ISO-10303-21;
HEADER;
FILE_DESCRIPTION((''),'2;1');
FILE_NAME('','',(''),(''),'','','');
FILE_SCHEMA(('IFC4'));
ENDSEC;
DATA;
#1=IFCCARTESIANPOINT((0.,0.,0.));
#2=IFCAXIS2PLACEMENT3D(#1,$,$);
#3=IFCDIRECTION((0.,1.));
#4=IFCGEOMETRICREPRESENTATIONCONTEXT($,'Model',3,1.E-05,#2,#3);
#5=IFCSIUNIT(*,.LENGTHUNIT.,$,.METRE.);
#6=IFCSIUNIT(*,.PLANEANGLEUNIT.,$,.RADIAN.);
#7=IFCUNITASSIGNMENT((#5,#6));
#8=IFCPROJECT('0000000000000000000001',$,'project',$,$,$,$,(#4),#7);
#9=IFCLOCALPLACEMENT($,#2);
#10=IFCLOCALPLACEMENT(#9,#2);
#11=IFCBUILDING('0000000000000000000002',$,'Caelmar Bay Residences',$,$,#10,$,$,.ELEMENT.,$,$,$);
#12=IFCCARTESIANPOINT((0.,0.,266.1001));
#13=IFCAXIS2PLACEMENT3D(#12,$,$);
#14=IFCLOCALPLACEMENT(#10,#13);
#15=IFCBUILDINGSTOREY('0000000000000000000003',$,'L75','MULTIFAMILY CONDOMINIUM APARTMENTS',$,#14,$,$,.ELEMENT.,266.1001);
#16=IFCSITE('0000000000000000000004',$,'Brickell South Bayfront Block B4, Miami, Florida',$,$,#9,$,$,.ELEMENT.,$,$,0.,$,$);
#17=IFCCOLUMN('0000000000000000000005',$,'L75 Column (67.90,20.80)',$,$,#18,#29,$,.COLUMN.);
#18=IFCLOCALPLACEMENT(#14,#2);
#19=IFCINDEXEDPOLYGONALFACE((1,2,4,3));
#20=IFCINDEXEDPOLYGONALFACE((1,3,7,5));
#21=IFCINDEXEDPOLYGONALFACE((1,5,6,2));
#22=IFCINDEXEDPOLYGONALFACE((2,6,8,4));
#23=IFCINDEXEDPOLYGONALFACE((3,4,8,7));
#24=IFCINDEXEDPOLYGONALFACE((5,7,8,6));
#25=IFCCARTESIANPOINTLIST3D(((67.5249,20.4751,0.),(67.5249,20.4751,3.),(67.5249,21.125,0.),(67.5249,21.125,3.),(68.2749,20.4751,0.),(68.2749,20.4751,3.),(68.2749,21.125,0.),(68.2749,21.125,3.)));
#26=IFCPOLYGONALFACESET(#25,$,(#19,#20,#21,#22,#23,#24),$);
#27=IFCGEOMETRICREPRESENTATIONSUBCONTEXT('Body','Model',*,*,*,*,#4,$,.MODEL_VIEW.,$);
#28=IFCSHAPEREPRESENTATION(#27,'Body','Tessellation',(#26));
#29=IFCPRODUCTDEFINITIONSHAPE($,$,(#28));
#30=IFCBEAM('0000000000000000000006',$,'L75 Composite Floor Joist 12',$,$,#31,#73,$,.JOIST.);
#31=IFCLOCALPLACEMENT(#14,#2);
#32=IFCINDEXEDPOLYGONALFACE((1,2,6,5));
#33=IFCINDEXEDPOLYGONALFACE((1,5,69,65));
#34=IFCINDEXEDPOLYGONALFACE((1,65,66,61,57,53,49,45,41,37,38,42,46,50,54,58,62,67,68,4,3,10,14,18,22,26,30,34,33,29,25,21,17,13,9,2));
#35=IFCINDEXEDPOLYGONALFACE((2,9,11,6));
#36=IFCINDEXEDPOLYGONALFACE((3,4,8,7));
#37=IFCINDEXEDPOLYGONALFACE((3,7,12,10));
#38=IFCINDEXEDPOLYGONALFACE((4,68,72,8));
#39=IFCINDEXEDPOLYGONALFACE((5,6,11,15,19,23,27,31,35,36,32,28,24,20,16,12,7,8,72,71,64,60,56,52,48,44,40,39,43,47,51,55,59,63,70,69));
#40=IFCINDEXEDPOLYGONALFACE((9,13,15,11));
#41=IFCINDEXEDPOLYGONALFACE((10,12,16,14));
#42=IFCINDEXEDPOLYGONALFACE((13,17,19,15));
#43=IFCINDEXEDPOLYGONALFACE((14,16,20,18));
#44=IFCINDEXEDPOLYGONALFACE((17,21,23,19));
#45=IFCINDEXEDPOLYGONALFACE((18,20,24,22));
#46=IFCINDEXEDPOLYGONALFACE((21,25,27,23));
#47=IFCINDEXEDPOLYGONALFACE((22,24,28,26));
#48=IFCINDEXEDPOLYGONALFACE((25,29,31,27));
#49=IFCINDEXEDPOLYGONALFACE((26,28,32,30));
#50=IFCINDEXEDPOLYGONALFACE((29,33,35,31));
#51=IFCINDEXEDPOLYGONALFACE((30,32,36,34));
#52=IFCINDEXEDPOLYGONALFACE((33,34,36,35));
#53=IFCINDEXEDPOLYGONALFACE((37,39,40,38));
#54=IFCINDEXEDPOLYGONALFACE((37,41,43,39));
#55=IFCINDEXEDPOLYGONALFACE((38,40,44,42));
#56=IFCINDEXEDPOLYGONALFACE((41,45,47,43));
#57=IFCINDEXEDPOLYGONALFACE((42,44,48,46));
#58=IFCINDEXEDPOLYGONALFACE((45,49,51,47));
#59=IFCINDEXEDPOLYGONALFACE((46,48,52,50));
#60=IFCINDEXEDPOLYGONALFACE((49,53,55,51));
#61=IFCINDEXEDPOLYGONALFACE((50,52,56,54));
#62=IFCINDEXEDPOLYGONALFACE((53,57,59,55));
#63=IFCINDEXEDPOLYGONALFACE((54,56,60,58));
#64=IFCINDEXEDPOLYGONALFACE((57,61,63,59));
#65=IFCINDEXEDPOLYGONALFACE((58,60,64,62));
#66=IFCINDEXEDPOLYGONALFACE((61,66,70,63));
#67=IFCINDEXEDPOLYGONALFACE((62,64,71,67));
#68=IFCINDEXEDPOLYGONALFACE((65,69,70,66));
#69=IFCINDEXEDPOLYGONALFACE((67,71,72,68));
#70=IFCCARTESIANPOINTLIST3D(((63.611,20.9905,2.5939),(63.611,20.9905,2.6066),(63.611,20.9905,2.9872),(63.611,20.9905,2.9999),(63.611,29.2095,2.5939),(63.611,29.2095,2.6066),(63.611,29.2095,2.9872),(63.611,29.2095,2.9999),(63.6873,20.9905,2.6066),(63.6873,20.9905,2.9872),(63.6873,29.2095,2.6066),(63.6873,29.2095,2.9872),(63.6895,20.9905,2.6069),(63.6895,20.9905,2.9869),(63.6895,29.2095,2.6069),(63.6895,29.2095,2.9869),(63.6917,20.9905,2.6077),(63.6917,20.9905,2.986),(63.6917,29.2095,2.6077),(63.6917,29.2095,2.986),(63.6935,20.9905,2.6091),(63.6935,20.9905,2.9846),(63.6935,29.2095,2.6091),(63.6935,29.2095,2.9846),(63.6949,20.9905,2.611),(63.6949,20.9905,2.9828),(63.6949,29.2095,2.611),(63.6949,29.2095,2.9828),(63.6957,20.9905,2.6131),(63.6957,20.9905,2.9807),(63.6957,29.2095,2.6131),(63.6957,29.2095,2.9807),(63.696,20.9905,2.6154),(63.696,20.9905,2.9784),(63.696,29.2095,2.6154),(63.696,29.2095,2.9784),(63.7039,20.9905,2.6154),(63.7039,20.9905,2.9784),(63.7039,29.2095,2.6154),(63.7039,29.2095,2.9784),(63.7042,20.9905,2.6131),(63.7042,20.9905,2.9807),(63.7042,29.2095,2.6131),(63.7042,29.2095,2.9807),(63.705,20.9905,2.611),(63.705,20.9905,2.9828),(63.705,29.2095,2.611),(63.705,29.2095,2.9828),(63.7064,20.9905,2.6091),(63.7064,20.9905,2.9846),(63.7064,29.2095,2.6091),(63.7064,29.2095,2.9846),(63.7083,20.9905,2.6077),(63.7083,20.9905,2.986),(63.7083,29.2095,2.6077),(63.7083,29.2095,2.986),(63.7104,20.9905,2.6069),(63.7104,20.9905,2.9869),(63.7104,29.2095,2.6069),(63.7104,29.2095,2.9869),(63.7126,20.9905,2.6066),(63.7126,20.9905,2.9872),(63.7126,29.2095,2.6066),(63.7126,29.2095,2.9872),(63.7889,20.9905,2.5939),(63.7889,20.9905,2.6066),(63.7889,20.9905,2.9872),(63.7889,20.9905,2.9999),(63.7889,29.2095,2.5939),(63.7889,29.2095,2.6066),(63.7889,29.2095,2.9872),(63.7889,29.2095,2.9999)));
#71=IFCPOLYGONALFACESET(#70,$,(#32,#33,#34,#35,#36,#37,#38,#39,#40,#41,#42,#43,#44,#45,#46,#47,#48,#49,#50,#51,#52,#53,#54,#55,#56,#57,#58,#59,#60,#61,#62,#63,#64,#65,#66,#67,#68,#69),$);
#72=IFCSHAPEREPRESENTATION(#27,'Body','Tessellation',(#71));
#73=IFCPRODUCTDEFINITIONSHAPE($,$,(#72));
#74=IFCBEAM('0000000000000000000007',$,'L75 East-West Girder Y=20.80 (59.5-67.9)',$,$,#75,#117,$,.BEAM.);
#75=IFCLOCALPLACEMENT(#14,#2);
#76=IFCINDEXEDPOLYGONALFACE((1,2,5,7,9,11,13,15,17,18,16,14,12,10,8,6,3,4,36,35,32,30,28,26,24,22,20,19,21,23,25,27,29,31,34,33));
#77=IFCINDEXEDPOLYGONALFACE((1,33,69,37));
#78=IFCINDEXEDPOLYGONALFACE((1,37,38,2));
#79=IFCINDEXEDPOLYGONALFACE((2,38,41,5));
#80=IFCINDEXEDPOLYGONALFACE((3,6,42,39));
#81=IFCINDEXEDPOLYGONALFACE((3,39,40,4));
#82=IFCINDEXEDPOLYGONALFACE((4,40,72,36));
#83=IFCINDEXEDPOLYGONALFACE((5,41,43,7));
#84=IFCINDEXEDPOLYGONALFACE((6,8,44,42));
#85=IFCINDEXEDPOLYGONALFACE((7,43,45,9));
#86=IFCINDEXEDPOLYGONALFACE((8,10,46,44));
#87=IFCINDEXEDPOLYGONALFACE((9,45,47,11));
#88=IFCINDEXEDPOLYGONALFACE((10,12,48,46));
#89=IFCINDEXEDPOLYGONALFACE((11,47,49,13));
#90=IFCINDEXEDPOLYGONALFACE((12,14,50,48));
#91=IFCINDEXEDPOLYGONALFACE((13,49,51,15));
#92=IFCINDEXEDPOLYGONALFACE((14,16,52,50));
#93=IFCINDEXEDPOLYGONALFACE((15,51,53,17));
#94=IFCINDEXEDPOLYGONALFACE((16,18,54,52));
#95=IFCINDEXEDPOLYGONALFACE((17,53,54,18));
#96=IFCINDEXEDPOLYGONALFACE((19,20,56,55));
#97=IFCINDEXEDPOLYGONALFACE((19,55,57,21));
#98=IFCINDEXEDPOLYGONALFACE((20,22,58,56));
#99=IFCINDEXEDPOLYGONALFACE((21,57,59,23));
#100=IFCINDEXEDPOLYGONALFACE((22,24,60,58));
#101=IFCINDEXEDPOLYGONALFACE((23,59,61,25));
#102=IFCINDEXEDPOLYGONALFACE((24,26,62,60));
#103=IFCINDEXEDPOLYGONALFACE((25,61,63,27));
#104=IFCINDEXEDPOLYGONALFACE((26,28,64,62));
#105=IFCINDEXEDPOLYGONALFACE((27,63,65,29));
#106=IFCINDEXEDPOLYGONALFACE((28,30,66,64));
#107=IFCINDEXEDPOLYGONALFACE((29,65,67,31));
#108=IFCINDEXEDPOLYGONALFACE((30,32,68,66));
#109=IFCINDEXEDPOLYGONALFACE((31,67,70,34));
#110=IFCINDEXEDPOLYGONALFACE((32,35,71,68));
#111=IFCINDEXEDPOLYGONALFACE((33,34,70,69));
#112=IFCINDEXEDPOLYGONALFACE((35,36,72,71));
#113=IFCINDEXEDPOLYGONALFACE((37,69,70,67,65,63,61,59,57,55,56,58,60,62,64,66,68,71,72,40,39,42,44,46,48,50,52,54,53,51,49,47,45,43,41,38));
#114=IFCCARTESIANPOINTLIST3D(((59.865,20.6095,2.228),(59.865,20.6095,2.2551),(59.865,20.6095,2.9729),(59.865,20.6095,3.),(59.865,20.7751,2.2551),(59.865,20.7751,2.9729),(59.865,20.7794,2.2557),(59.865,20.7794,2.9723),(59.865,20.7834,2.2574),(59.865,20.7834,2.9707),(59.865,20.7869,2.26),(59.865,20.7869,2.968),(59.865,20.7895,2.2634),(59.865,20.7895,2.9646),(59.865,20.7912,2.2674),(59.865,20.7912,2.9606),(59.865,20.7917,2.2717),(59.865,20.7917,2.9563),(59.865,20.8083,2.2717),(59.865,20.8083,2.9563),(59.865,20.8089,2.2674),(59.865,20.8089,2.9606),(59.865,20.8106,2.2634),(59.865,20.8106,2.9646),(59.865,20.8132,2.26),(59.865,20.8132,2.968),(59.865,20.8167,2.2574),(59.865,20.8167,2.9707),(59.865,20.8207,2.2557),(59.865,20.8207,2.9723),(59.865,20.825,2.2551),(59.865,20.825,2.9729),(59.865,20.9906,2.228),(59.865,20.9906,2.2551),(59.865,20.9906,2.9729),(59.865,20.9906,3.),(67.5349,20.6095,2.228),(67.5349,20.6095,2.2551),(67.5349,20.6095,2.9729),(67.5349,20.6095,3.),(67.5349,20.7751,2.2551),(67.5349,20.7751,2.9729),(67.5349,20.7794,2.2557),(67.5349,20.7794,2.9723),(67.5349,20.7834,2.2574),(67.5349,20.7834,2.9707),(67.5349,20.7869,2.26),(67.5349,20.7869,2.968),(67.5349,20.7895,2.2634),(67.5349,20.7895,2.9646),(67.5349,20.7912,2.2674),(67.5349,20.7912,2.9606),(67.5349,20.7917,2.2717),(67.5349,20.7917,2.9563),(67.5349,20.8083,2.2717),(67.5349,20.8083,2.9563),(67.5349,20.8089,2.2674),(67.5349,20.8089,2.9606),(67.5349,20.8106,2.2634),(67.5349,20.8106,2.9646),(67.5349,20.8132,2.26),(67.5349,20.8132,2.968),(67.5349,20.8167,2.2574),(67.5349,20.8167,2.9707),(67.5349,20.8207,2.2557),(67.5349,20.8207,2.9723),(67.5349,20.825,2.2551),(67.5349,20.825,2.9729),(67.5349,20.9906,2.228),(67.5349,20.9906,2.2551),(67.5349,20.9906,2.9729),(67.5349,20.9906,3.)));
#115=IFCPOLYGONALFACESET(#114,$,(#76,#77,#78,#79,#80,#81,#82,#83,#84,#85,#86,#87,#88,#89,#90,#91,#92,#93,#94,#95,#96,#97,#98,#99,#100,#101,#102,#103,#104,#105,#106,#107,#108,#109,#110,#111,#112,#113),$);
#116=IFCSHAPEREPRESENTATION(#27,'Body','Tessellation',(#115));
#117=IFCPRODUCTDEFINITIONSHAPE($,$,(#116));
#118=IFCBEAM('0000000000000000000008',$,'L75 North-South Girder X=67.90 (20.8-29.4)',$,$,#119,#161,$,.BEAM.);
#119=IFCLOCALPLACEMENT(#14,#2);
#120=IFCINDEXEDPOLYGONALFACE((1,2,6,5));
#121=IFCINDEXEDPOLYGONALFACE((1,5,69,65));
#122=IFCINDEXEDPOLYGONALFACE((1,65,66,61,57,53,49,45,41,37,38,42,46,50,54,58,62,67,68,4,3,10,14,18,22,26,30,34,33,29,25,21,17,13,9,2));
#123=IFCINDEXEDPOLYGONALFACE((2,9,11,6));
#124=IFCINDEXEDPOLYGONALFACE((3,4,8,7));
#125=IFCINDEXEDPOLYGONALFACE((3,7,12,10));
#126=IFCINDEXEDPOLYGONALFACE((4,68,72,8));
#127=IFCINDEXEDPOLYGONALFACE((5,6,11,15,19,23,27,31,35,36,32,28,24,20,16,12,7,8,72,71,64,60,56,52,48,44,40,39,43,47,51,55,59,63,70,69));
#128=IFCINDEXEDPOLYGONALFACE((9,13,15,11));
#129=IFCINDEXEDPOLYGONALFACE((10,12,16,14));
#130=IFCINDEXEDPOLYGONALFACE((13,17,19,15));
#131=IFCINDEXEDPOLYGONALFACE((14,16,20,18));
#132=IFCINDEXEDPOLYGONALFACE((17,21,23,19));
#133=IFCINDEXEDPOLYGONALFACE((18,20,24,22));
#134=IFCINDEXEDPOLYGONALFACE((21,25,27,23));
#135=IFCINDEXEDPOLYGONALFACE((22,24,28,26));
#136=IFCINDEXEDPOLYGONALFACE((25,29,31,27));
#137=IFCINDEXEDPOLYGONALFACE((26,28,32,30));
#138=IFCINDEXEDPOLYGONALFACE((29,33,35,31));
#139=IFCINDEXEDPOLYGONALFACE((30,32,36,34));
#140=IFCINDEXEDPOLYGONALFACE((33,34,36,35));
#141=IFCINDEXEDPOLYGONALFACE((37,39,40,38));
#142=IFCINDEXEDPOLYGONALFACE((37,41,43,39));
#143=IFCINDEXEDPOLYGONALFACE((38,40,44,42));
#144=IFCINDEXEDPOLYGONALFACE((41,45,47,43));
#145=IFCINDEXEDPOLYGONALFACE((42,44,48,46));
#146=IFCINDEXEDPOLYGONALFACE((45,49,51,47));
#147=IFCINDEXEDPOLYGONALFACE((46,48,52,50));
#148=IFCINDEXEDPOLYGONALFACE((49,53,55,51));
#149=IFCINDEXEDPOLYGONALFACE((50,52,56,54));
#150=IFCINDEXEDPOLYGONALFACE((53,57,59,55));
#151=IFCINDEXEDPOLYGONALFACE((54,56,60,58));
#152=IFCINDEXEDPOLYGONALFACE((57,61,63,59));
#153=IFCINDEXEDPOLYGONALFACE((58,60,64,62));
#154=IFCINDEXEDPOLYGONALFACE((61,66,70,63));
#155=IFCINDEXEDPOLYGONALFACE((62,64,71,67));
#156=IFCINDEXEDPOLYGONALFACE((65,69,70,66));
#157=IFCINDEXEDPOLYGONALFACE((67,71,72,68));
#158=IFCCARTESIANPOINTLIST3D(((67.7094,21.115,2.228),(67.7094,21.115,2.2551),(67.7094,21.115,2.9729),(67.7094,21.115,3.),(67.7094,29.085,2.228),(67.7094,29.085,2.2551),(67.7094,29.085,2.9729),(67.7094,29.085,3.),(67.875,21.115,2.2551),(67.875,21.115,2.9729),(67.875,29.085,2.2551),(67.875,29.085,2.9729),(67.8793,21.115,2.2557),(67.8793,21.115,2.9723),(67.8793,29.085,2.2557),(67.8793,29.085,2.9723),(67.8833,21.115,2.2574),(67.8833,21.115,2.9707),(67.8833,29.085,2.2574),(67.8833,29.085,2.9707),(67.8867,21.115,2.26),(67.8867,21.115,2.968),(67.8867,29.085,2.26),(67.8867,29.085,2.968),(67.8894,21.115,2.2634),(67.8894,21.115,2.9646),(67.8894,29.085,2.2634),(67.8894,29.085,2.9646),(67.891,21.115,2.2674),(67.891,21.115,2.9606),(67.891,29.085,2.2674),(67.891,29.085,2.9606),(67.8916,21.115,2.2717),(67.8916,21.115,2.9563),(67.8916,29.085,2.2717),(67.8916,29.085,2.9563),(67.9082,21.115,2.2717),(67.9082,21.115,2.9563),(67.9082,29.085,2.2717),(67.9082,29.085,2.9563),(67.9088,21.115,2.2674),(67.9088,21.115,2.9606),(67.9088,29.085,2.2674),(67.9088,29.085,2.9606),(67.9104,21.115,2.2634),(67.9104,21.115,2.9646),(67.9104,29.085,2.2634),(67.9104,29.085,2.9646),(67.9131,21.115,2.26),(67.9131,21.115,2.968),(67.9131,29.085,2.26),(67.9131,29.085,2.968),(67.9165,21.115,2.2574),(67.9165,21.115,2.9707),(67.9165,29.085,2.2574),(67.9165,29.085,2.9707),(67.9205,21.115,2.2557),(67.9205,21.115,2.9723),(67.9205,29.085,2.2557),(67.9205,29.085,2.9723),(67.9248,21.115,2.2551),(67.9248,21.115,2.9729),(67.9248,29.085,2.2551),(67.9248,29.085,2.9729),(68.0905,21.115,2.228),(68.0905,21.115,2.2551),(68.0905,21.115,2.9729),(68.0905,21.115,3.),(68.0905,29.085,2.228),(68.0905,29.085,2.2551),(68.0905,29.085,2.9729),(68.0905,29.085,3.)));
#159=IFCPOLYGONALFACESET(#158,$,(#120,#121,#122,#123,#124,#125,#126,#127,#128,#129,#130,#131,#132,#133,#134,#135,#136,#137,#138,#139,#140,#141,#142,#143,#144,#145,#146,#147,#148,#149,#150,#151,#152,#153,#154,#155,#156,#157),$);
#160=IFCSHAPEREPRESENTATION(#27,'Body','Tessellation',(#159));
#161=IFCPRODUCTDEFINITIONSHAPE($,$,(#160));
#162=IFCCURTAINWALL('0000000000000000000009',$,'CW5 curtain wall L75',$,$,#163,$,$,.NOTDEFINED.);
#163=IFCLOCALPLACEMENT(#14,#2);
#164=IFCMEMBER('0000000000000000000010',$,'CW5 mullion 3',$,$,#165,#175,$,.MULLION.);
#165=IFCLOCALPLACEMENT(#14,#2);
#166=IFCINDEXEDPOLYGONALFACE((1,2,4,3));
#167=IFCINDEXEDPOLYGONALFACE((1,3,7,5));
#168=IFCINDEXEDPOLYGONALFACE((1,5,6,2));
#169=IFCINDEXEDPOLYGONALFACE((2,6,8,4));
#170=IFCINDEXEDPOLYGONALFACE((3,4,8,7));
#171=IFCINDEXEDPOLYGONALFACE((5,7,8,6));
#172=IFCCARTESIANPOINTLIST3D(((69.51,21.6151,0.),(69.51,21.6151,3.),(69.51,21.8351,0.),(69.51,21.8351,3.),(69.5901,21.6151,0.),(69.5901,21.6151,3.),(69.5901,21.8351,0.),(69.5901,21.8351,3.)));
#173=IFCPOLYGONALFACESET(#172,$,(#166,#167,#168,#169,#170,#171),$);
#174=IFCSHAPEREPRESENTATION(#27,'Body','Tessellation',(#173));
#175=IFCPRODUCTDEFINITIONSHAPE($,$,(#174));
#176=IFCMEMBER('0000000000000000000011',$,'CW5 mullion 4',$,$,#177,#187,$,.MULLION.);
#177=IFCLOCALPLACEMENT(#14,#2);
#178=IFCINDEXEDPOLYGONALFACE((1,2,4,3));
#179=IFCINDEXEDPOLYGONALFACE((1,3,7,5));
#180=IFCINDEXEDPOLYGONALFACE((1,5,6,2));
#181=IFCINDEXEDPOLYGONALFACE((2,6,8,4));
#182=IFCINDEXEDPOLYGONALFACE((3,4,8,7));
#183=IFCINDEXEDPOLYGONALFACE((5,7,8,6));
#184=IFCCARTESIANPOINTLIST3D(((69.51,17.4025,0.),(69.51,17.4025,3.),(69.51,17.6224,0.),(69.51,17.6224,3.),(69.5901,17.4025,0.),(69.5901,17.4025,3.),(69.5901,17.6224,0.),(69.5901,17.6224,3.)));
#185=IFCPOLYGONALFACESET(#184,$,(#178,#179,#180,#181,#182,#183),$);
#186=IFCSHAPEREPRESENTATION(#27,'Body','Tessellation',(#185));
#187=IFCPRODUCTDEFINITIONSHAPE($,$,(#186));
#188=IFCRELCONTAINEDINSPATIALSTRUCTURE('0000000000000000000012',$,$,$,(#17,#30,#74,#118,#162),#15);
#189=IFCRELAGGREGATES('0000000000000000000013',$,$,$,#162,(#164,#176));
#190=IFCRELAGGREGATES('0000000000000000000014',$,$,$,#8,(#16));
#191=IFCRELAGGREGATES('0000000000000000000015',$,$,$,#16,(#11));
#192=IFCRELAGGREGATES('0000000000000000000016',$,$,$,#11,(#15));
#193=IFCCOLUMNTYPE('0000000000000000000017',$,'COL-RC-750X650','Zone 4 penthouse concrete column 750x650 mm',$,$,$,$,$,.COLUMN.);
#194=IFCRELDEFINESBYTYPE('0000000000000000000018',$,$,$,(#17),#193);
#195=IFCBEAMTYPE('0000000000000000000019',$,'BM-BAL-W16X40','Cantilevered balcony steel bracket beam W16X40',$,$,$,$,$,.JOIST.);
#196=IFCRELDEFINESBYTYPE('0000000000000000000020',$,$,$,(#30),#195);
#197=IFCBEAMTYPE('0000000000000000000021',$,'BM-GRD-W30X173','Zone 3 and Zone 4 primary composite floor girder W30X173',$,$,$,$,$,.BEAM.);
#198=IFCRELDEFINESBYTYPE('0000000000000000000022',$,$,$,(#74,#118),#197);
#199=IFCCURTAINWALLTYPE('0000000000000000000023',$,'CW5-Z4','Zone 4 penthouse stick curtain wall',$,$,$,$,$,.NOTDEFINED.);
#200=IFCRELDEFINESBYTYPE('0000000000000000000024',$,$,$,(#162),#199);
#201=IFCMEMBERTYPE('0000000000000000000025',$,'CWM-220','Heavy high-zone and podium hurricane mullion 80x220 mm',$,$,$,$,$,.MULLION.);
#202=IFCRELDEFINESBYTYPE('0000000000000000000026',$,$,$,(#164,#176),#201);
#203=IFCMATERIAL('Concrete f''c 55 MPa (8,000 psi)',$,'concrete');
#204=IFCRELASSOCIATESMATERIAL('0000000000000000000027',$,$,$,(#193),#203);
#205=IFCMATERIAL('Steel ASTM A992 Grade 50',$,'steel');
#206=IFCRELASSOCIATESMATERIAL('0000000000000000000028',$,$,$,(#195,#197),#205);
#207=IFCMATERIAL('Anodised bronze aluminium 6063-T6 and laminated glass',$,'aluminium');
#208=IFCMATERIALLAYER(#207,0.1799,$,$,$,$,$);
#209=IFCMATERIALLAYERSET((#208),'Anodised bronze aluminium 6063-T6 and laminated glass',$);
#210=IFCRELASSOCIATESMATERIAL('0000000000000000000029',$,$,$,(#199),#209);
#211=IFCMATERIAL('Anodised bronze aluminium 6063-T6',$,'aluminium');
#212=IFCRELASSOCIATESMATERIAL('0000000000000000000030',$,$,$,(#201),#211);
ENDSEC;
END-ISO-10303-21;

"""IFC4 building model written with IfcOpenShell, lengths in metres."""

from ifc_helpers import new_model, si_unit, direction, frame, origin, origin_2d, place, context, subcontext, project, spatial, rectangle, i_section, extrude, material, layer, layer_set, material_profile, profile_set, type_object, element, aggregate, save


model = new_model("IFC4")

# Units and contexts
model_context = context("Model", 3, precision=1e-05, world=origin(), true_north=direction((0.0, 1.0)))
body_context = subcontext(model_context, "Body", "Model", "MODEL_VIEW")
ifc_project = project(units=[si_unit("LENGTHUNIT", "METRE"), si_unit("PLANEANGLEUNIT", "RADIAN")], contexts=[model_context])

# Site, building, storey
site_placement = place(None, origin())
site = spatial("IfcSite", under=ifc_project, at=site_placement, Name="Brickell South Bayfront Block B4, Miami, Florida", CompositionType="ELEMENT", RefElevation=0.0)
building_placement = place(site_placement, origin())
building = spatial("IfcBuilding", under=site, at=building_placement, Name="Caelmar Bay Residences", CompositionType="ELEMENT")
storey_placement = place(building_placement, frame((0.0, 0.0, 266.1001)))
storey = spatial("IfcBuildingStorey", under=building, at=storey_placement, Name="L75", Description="MULTIFAMILY CONDOMINIUM APARTMENTS", CompositionType="ELEMENT", Elevation=266.1001)

# Column
ifc_material_1 = material(Name="Concrete f'c 55 MPa (8,000 psi)", Category="concrete")
ifc_material_profile_1 = material_profile(ifc_material_1, rectangle(XDim=0.75, YDim=0.6499, at=origin_2d()), Name="RC-COL-750X650")
ifc_profile_set_1 = profile_set([ifc_material_profile_1], Name="Concrete f'c 55 MPa (8,000 psi)")
column_type = type_object("IfcColumnType", Name="COL-RC-750X650", Description="Zone 4 penthouse concrete column 750x650 mm", PredefinedType="COLUMN", material=ifc_profile_set_1)
column_placement = place(storey_placement, frame((67.8999, 20.8, 0.0), z_axis=(0.0, 0.0, 1.0), x_axis=(1.0, 0.0, 0.0)))
element("IfcColumn", 1, at=column_placement, inside=storey, type_object=column_type, Name="L75 Column (67.90,20.80)", PredefinedType="COLUMN", context=body_context, shape_type="SweptSolid", body=[
    extrude(rectangle(XDim=0.75, YDim=0.6499, at=origin_2d()), origin(), (0.0, 0.0, 1.0), 3.0),
])

# Beams
ifc_material_2 = material(Name="Steel ASTM A992 Grade 50", Category="steel")
ifc_material_profile_2 = material_profile(ifc_material_2, i_section(OverallWidth=0.178, OverallDepth=0.406, WebThickness=0.0078, FlangeThickness=0.0127, FilletRadius=0.0088, at=origin_2d()), Name="W16X40")
ifc_profile_set_2 = profile_set([ifc_material_profile_2], Name="Steel ASTM A992 Grade 50")
beam_type_1 = type_object("IfcBeamType", Name="BM-BAL-W16X40", Description="Cantilevered balcony steel bracket beam W16X40", PredefinedType="JOIST", material=ifc_profile_set_2)
beam_1_placement = place(storey_placement, frame((63.7, 20.9905, 2.7969), z_axis=(0.0, 1.0, 0.0), x_axis=(-1.0, 0.0, 0.0)))
element("IfcBeam", 2, at=beam_1_placement, inside=storey, type_object=beam_type_1, Name="L75 Composite Floor Joist 12", PredefinedType="JOIST", context=body_context, shape_type="SweptSolid", body=[
    extrude(i_section(OverallWidth=0.178, OverallDepth=0.406, WebThickness=0.0078, FlangeThickness=0.0127, FilletRadius=0.0088, at=origin_2d()), origin(), (0.0, 0.0, 1.0), 8.219),
])
ifc_material_profile_3 = material_profile(ifc_material_2, i_section(OverallWidth=0.3811, OverallDepth=0.772, WebThickness=0.0166, FlangeThickness=0.0271, FilletRadius=0.0166, at=origin_2d()), Name="W30X173")
ifc_profile_set_3 = profile_set([ifc_material_profile_3], Name="Steel ASTM A992 Grade 50")
beam_type_2 = type_object("IfcBeamType", Name="BM-GRD-W30X173", Description="Zone 3 and Zone 4 primary composite floor girder W30X173", PredefinedType="BEAM", material=ifc_profile_set_3)
beam_2_placement = place(storey_placement, frame((59.865, 20.8, 2.614), z_axis=(1.0, 0.0, 0.0), x_axis=(0.0, 1.0, 0.0)))
element("IfcBeam", 3, at=beam_2_placement, inside=storey, type_object=beam_type_2, Name="L75 East-West Girder Y=20.80 (59.5-67.9)", PredefinedType="BEAM", context=body_context, shape_type="SweptSolid", body=[
    extrude(i_section(OverallWidth=0.3811, OverallDepth=0.772, WebThickness=0.0166, FlangeThickness=0.0271, FilletRadius=0.0166, at=origin_2d()), origin(), (0.0, 0.0, 1.0), 7.6699),
])
beam_3_placement = place(storey_placement, frame((67.8999, 21.115, 2.614), z_axis=(0.0, 1.0, 0.0), x_axis=(-1.0, 0.0, 0.0)))
element("IfcBeam", 4, at=beam_3_placement, inside=storey, type_object=beam_type_2, Name="L75 North-South Girder X=67.90 (20.8-29.4)", PredefinedType="BEAM", context=body_context, shape_type="SweptSolid", body=[
    extrude(i_section(OverallWidth=0.3811, OverallDepth=0.772, WebThickness=0.0166, FlangeThickness=0.0271, FilletRadius=0.0166, at=origin_2d()), origin(), (0.0, 0.0, 1.0), 7.97),
])

# Curtain wall, members
ifc_material_3 = material(Name="Anodised bronze aluminium 6063-T6 and laminated glass", Category="aluminium")
ifc_layer_1 = layer(ifc_material_3, 0.1799)
ifc_layer_set_1 = layer_set([ifc_layer_1], Name="Anodised bronze aluminium 6063-T6 and laminated glass")
curtain_wall_type = type_object("IfcCurtainWallType", Name="CW5-Z4", Description="Zone 4 penthouse stick curtain wall", PredefinedType="NOTDEFINED", material=ifc_layer_set_1)
curtain_wall_placement = place(storey_placement, origin())
curtain_wall = element("IfcCurtainWall", 5, at=curtain_wall_placement, inside=storey, type_object=curtain_wall_type, Name="CW5 curtain wall L75", PredefinedType="NOTDEFINED")
ifc_material_4 = material(Name="Anodised bronze aluminium 6063-T6", Category="aluminium")
ifc_material_profile_4 = material_profile(ifc_material_4, rectangle(XDim=0.0801, YDim=0.22, at=origin_2d()), Name="CWM-80X220")
ifc_profile_set_4 = profile_set([ifc_material_profile_4], Name="Anodised bronze aluminium 6063-T6")
member_type_1 = type_object("IfcMemberType", Name="CWM-220", Description="Heavy high-zone and podium hurricane mullion 80x220 mm", PredefinedType="MULLION", material=ifc_profile_set_4)
member_1_placement = place(storey_placement, frame((69.55, 21.7251, 0.0), z_axis=(0.0, 0.0, 1.0), x_axis=(1.0, 0.0, 0.0)))
member_1 = element("IfcMember", 6, at=member_1_placement, type_object=member_type_1, Name="CW5 mullion 3", PredefinedType="MULLION", context=body_context, shape_type="SweptSolid", body=[
    extrude(rectangle(XDim=0.0801, YDim=0.22, at=origin_2d()), origin(), (0.0, 0.0, 1.0), 3.0),
])
member_2_placement = place(storey_placement, frame((69.55, 17.5125, 0.0), z_axis=(0.0, 0.0, 1.0), x_axis=(1.0, 0.0, 0.0)))
member_2 = element("IfcMember", 7, at=member_2_placement, type_object=member_type_1, Name="CW5 mullion 4", PredefinedType="MULLION", context=body_context, shape_type="SweptSolid", body=[
    extrude(rectangle(XDim=0.0801, YDim=0.22, at=origin_2d()), origin(), (0.0, 0.0, 1.0), 3.0),
])
aggregate(curtain_wall, [member_1, member_2])

save(model, "model.ifc")
